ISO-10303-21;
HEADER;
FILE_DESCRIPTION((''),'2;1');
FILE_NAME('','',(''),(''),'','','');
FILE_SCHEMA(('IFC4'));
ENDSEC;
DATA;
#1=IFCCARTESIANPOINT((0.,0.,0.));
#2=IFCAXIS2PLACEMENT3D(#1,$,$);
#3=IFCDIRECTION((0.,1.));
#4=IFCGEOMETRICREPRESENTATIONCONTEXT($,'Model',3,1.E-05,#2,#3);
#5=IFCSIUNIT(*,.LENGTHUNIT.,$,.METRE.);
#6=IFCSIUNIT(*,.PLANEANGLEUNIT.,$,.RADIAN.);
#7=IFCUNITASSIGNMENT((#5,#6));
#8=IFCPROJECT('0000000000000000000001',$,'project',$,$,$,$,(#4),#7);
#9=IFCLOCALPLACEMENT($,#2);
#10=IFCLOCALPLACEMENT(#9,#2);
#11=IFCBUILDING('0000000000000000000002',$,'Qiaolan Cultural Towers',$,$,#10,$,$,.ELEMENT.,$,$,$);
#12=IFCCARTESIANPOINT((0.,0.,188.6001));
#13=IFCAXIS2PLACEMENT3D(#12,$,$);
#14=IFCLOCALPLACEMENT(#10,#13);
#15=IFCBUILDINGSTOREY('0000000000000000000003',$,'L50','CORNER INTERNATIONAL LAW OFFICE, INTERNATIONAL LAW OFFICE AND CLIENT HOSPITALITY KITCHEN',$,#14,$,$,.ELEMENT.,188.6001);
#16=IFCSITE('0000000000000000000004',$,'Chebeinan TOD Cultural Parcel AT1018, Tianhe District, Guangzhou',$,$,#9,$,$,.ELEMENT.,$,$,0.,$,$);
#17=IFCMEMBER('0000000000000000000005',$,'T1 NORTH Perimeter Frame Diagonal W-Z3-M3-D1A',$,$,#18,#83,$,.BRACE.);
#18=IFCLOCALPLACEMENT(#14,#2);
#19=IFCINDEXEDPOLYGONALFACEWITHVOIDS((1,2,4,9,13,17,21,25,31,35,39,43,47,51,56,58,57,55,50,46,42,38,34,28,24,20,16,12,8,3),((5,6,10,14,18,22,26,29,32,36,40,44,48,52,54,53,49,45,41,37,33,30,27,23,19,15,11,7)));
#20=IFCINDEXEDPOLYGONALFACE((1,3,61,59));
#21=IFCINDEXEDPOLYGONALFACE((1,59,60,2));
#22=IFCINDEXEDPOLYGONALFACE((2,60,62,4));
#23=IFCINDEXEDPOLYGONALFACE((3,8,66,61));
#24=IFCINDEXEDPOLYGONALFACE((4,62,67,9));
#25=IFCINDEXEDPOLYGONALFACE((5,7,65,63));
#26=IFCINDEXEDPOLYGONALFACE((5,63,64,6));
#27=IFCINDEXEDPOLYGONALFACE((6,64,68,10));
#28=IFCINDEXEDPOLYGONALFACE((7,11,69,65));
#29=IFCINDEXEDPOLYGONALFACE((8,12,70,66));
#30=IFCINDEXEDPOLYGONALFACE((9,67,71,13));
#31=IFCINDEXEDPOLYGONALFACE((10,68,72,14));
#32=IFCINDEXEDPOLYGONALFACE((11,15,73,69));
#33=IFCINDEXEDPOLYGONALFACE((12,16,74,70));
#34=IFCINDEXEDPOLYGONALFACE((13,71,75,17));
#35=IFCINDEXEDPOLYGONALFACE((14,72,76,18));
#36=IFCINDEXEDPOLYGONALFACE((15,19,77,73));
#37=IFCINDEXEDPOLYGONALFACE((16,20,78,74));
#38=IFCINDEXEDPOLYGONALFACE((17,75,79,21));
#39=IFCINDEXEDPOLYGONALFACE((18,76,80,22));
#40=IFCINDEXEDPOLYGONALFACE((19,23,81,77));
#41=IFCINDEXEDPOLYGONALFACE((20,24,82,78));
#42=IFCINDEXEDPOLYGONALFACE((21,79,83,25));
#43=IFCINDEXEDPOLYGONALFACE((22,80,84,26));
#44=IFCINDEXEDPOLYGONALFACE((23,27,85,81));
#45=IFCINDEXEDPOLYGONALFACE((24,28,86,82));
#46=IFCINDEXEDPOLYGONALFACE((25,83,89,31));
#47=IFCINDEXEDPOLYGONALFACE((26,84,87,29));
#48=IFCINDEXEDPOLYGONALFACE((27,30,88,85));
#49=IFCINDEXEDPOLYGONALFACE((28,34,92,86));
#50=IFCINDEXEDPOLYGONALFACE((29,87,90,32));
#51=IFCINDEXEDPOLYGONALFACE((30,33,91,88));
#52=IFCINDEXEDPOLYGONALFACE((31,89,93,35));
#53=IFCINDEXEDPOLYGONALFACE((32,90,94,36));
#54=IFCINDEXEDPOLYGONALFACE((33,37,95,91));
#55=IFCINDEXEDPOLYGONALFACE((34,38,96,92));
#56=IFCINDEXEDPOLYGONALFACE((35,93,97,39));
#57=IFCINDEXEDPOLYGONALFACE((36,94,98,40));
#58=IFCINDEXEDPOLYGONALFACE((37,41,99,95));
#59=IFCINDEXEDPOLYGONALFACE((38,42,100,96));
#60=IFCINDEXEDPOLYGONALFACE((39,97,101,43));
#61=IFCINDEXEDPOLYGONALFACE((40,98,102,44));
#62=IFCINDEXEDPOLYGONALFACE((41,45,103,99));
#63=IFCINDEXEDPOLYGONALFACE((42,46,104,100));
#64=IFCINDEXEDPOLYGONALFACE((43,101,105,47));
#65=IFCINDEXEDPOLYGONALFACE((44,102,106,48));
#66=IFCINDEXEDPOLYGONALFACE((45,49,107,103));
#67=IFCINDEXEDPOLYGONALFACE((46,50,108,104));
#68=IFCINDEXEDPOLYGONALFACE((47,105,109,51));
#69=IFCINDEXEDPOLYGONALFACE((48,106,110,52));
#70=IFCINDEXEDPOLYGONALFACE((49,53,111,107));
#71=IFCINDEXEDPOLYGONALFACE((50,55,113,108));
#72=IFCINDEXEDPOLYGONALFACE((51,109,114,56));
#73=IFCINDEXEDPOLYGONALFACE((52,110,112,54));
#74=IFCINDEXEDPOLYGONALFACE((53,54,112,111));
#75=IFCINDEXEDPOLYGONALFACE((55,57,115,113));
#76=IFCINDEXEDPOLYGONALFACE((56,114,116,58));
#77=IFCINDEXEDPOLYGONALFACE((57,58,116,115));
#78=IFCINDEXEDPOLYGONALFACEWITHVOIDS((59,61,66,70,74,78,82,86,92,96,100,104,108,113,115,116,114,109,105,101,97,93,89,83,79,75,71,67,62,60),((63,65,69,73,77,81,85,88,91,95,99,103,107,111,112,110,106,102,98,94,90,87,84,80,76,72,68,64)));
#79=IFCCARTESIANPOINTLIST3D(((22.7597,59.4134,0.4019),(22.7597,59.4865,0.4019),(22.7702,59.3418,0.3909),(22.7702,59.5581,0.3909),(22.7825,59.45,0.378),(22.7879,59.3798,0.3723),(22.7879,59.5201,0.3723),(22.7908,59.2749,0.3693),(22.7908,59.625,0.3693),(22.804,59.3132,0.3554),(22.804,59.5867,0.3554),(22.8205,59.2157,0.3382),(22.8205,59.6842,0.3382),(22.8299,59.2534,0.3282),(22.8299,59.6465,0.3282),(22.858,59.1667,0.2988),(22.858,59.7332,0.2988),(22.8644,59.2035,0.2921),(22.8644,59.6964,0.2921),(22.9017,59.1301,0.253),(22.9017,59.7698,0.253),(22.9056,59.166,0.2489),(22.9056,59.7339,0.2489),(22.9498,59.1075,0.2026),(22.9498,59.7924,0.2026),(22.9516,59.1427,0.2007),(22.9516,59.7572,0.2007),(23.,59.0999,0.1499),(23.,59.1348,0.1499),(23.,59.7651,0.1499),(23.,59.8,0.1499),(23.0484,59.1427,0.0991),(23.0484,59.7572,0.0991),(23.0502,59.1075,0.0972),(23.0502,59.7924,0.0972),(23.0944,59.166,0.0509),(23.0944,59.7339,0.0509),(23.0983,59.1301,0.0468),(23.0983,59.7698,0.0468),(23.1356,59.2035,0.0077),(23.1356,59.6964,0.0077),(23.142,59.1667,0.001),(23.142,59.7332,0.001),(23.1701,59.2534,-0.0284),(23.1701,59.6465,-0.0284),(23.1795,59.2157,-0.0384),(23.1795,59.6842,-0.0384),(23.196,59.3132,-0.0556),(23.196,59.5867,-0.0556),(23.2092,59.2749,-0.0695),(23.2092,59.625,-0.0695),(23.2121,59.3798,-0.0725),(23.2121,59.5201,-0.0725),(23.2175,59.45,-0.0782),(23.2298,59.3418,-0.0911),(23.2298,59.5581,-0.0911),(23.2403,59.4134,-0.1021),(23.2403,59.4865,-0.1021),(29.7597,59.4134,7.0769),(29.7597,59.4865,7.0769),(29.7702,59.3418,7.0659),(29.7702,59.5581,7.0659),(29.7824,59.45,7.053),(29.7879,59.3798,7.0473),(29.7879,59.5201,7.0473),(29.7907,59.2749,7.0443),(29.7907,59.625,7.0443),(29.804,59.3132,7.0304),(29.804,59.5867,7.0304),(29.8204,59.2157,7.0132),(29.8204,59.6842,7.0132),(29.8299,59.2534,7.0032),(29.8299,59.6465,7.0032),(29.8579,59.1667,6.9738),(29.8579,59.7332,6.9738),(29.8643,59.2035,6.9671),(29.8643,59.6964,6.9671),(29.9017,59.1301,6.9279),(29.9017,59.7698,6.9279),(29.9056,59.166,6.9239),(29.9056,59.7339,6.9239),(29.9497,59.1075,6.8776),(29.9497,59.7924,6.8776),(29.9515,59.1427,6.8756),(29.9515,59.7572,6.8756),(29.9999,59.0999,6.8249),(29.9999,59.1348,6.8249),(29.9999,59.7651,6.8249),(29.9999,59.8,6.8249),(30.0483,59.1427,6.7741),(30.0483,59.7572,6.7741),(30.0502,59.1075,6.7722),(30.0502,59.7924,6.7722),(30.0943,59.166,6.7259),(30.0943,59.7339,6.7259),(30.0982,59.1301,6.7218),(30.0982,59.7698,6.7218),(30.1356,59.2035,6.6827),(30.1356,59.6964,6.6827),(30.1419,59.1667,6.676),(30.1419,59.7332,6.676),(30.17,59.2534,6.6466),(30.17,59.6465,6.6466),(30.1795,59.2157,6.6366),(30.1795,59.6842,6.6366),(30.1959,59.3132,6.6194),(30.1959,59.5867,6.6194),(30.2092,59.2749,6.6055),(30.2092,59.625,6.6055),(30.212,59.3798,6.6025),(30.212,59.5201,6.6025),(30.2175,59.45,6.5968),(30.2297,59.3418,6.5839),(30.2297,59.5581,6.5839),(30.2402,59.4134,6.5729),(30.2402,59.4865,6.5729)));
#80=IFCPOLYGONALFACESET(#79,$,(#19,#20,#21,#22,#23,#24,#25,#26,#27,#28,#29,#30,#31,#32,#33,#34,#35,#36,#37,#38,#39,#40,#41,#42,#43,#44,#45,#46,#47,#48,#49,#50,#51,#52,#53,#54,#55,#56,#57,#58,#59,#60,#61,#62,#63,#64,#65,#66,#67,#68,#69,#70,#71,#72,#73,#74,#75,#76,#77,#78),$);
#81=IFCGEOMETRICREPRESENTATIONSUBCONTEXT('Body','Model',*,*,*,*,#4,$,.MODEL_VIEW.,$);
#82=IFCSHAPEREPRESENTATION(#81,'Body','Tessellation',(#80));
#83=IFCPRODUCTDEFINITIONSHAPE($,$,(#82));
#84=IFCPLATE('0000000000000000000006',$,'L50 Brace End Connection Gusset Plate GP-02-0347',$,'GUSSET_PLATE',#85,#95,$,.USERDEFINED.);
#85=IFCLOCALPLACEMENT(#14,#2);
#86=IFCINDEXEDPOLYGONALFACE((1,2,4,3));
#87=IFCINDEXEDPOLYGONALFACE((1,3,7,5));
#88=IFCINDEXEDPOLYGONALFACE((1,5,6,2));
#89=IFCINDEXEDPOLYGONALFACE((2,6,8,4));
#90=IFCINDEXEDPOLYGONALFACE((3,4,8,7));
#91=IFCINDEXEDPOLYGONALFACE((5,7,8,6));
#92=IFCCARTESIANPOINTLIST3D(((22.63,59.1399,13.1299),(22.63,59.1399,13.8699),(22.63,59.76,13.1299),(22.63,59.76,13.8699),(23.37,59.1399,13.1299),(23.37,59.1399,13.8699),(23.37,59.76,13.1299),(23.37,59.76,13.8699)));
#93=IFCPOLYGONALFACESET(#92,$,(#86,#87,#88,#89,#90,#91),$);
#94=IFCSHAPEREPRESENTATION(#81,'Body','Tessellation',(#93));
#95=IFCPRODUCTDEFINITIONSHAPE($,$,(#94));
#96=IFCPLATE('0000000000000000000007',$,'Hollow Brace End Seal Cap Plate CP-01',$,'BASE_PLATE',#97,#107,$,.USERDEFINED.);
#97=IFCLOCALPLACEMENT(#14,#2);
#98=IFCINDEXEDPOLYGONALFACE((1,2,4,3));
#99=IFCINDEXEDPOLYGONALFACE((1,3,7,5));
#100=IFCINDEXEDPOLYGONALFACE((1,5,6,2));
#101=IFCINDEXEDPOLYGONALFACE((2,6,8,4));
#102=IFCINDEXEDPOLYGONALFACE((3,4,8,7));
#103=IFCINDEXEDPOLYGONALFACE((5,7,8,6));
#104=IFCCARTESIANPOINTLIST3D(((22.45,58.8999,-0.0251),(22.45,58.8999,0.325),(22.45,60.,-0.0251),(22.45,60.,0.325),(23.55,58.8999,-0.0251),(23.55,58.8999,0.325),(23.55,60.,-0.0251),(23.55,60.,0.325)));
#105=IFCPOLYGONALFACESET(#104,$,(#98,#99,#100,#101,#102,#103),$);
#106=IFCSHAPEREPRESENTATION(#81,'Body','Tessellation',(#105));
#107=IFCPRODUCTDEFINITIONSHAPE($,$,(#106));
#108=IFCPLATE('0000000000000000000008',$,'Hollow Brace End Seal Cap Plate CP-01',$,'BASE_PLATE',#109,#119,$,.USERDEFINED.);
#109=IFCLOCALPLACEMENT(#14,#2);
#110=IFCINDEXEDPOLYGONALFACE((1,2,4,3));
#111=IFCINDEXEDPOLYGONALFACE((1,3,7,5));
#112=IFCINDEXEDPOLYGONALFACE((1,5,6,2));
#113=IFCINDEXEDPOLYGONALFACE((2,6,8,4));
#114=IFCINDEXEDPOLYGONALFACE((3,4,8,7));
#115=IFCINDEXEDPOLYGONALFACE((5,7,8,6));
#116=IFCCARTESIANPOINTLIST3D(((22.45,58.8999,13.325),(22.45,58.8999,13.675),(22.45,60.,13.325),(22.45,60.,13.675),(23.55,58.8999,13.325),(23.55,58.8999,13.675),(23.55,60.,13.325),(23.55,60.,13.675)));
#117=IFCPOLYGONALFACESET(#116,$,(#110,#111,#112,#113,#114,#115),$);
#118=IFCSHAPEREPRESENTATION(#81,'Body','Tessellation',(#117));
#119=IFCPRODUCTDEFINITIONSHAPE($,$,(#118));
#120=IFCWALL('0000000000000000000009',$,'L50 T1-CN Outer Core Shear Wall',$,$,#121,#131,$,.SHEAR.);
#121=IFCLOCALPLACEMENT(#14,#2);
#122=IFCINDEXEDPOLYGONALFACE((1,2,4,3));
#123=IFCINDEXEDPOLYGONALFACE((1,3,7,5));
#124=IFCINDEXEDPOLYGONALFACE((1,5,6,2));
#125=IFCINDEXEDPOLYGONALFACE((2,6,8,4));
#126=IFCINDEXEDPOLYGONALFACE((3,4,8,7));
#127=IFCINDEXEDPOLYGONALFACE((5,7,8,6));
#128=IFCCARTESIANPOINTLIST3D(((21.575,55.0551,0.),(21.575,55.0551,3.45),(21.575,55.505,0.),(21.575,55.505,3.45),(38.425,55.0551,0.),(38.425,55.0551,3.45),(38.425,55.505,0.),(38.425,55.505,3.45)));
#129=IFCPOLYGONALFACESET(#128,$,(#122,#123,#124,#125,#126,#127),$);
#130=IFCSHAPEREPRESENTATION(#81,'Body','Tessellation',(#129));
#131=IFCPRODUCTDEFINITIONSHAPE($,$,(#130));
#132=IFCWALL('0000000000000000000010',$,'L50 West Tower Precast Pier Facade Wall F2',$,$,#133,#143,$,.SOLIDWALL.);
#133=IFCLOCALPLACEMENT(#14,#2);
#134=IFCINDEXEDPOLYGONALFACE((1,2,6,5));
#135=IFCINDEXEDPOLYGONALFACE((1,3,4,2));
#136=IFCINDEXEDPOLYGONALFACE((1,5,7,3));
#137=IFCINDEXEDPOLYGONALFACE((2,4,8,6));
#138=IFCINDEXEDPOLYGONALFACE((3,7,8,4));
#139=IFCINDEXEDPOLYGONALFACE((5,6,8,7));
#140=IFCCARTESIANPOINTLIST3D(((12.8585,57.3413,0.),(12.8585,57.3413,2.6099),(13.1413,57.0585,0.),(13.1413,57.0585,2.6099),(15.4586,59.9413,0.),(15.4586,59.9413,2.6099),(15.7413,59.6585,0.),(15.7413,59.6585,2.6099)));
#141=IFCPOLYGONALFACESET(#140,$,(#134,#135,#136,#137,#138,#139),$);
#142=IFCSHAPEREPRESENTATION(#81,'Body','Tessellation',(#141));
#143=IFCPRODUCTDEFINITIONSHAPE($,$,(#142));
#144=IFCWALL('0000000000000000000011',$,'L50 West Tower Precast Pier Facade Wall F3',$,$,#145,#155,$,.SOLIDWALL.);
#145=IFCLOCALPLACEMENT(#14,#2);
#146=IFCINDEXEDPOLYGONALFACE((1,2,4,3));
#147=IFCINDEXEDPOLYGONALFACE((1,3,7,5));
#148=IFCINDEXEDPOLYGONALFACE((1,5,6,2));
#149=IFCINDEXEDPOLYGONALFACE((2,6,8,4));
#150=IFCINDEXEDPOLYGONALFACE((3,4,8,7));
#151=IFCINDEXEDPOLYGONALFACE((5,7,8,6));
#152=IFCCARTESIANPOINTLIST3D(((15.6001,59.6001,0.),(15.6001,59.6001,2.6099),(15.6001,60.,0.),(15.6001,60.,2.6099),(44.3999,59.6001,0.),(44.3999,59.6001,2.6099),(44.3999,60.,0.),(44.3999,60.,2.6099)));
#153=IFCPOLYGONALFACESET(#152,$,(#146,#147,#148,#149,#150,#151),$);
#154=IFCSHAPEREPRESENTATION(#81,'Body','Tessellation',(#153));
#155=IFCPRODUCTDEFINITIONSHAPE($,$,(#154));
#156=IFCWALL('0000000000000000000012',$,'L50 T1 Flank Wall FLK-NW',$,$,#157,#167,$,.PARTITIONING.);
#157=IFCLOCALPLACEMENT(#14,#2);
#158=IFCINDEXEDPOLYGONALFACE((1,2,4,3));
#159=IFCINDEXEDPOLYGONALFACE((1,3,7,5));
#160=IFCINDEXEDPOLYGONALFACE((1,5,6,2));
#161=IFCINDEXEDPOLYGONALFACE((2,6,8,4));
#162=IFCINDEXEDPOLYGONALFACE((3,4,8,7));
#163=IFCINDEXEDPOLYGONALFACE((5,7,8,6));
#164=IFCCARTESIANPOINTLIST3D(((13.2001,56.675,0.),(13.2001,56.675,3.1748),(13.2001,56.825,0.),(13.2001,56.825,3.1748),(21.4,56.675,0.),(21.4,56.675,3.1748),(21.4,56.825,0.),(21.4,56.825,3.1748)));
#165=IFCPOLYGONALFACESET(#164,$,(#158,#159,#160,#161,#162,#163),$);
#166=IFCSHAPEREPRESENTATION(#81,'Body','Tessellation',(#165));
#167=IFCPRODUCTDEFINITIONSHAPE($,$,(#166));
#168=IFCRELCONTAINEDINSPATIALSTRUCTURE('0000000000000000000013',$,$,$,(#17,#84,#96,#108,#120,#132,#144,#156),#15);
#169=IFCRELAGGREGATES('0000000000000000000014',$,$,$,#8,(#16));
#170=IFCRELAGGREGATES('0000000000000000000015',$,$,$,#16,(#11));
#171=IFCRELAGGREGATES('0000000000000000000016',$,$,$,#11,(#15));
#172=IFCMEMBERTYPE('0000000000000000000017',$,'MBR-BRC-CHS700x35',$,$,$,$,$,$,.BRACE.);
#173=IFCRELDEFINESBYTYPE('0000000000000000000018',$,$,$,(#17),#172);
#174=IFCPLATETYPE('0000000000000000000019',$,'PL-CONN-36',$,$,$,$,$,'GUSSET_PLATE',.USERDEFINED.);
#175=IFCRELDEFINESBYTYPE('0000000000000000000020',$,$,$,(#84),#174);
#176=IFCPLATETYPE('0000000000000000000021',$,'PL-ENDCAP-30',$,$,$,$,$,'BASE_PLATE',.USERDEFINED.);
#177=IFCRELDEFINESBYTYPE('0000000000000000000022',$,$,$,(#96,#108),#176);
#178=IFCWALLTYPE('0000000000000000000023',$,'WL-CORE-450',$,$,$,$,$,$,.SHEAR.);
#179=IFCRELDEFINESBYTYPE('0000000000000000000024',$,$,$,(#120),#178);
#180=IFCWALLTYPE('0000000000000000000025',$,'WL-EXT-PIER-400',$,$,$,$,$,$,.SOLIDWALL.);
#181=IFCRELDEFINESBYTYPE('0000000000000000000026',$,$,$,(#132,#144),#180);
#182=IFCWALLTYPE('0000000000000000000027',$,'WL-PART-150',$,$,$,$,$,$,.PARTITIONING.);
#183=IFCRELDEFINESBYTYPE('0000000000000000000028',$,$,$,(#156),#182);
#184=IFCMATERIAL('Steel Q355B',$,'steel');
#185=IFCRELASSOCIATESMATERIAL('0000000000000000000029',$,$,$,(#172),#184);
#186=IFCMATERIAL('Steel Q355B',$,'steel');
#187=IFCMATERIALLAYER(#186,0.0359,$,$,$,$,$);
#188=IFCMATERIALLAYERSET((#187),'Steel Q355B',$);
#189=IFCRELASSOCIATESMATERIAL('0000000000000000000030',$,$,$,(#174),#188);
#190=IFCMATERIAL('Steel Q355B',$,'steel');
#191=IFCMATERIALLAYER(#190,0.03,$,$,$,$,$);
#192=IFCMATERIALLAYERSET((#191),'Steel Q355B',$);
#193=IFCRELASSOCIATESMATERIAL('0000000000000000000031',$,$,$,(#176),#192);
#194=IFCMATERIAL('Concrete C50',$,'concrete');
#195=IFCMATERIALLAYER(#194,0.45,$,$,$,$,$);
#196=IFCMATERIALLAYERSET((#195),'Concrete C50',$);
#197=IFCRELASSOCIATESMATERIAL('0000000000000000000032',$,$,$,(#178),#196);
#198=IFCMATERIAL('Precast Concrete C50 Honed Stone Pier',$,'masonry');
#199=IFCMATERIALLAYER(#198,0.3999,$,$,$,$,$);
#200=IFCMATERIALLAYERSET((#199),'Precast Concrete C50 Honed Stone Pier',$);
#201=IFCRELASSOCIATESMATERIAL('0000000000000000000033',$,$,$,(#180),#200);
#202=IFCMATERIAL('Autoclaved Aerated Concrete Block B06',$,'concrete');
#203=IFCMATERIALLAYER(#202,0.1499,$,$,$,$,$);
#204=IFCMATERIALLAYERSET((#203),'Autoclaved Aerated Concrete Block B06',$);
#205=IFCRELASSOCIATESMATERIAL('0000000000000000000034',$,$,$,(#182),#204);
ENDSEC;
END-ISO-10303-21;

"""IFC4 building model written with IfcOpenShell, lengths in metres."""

from ifc_helpers import new_model, si_unit, direction, frame, frame_2d, origin, origin_2d, place, context, subcontext, project, spatial, rectangle, hollow_circle, extrude, material, layer, layer_set, material_profile, profile_set, type_object, element, save


model = new_model("IFC4")

# Units and contexts
model_context = context("Model", 3, precision=1e-05, world=origin(), true_north=direction((0.0, 1.0)))
body_context = subcontext(model_context, "Body", "Model", "MODEL_VIEW")
ifc_project = project(units=[si_unit("LENGTHUNIT", "METRE"), si_unit("PLANEANGLEUNIT", "RADIAN")], contexts=[model_context])

# Site, building, storey
site_placement = place(None, origin())
site = spatial("IfcSite", under=ifc_project, at=site_placement, Name="Chebeinan TOD Cultural Parcel AT1018, Tianhe District, Guangzhou", CompositionType="ELEMENT", RefElevation=0.0)
building_placement = place(site_placement, origin())
building = spatial("IfcBuilding", under=site, at=building_placement, Name="Qiaolan Cultural Towers", CompositionType="ELEMENT")
storey_placement = place(building_placement, frame((0.0, 0.0, 188.6001)))
storey = spatial("IfcBuildingStorey", under=building, at=storey_placement, Name="L50", Description="CORNER INTERNATIONAL LAW OFFICE, INTERNATIONAL LAW OFFICE AND CLIENT HOSPITALITY KITCHEN", CompositionType="ELEMENT", Elevation=188.6001)

# Member
ifc_material_1 = material(Name="Steel Q355B", Category="steel")
ifc_material_profile_1 = material_profile(ifc_material_1, hollow_circle(Radius=0.3501, WallThickness=0.0349, at=origin_2d()), Name="CHS700x35")
ifc_profile_set_1 = profile_set([ifc_material_profile_1], Name="Steel Q355B")
member_type = type_object("IfcMemberType", Name="MBR-BRC-CHS700x35", PredefinedType="BRACE", material=ifc_profile_set_1)
member_placement = place(storey_placement, frame((23.0, 59.45, 0.1499), z_axis=(0.723705, 0.0, 0.690109), x_axis=(0.0, 1.0, 0.0)))
element("IfcMember", 1, at=member_placement, inside=storey, type_object=member_type, Name="T1 NORTH Perimeter Frame Diagonal W-Z3-M3-D1A", PredefinedType="BRACE", context=body_context, shape_type="SweptSolid", body=[
    extrude(hollow_circle(Radius=0.3501, WallThickness=0.0349, at=origin_2d()), origin(), (0.0, 0.0, 1.0), 9.6724),
])

# Plates
ifc_material_2 = material(Name="Steel Q355B", Category="steel")
ifc_layer_1 = layer(ifc_material_2, 0.0359)
ifc_layer_set_1 = layer_set([ifc_layer_1], Name="Steel Q355B")
plate_type_1 = type_object("IfcPlateType", Name="PL-CONN-36", ElementType="GUSSET_PLATE", PredefinedType="USERDEFINED", material=ifc_layer_set_1)
plate_placement = place(storey_placement, frame((23.0, 59.45, 13.1299), z_axis=(0.0, 0.0, 1.0), x_axis=(1.0, 0.0, 0.0)))
element("IfcPlate", 2, at=plate_placement, inside=storey, type_object=plate_type_1, Name="L50 Brace End Connection Gusset Plate GP-02-0347", ObjectType="GUSSET_PLATE", PredefinedType="USERDEFINED", context=body_context, shape_type="SweptSolid", body=[
    extrude(rectangle(XDim=0.74, YDim=0.6201, at=origin_2d()), origin(), (0.0, 0.0, 1.0), 0.74),
])
ifc_material_3 = material(Name="Steel Q355B", Category="steel")
ifc_layer_2 = layer(ifc_material_3, 0.03)
ifc_layer_set_2 = layer_set([ifc_layer_2], Name="Steel Q355B")
plate_type_2 = type_object("IfcPlateType", Name="PL-ENDCAP-30", ElementType="BASE_PLATE", PredefinedType="USERDEFINED", material=ifc_layer_set_2)
for number, where, z_axis, x_axis, name in (
    (3, (23.0, 59.45, -0.0251), (0.0, 0.0, 1.0), (1.0, 0.0, 0.0), "Hollow Brace End Seal Cap Plate CP-01"),
    (4, (23.0, 59.45, 13.325), (0.0, 0.0, 1.0), (1.0, 0.0, 0.0), "Hollow Brace End Seal Cap Plate CP-01"),
):
    element("IfcPlate", number, at=place(storey_placement, frame(where, z_axis=z_axis, x_axis=x_axis)), inside=storey, type_object=plate_type_2, Name=name, ObjectType="BASE_PLATE", PredefinedType="USERDEFINED", context=body_context, shape_type="SweptSolid", body=[
        extrude(rectangle(XDim=1.1001, YDim=1.1001, at=origin_2d()), origin(), (0.0, 0.0, 1.0), 0.3501),
    ])

# Walls
ifc_material_4 = material(Name="Concrete C50", Category="concrete")
ifc_layer_3 = layer(ifc_material_4, 0.45)
ifc_layer_set_3 = layer_set([ifc_layer_3], Name="Concrete C50")
wall_type_1 = type_object("IfcWallType", Name="WL-CORE-450", PredefinedType="SHEAR", material=ifc_layer_set_3)
wall_1_placement = place(storey_placement, frame((21.575, 55.28, 0.0), z_axis=(0.0, 0.0, 1.0), x_axis=(1.0, 0.0, 0.0)))
element("IfcWall", 5, at=wall_1_placement, inside=storey, type_object=wall_type_1, Name="L50 T1-CN Outer Core Shear Wall", PredefinedType="SHEAR", context=body_context, shape_type="SweptSolid", body=[
    extrude(rectangle(XDim=16.8501, YDim=0.45, at=frame_2d((8.425, 0.0))), origin(), (0.0, 0.0, 1.0), 3.45),
])
ifc_material_5 = material(Name="Precast Concrete C50 Honed Stone Pier", Category="masonry")
ifc_layer_4 = layer(ifc_material_5, 0.3999)
ifc_layer_set_4 = layer_set([ifc_layer_4], Name="Precast Concrete C50 Honed Stone Pier")
wall_type_2 = type_object("IfcWallType", Name="WL-EXT-PIER-400", PredefinedType="SOLIDWALL", material=ifc_layer_set_4)
wall_2_placement = place(storey_placement, frame((13.0, 57.2, 0.0), z_axis=(0.0, 0.0, 1.0), x_axis=(0.707107, 0.707107, 0.0)))
element("IfcWall", 6, at=wall_2_placement, inside=storey, type_object=wall_type_2, Name="L50 West Tower Precast Pier Facade Wall F2", PredefinedType="SOLIDWALL", context=body_context, shape_type="SweptSolid", body=[
    extrude(rectangle(XDim=3.677, YDim=0.3999, at=frame_2d((1.8384, 0.0))), origin(), (0.0, 0.0, 1.0), 2.6099),
])
wall_3_placement = place(storey_placement, frame((15.6001, 59.8, 0.0), z_axis=(0.0, 0.0, 1.0), x_axis=(1.0, 0.0, 0.0)))
element("IfcWall", 7, at=wall_3_placement, inside=storey, type_object=wall_type_2, Name="L50 West Tower Precast Pier Facade Wall F3", PredefinedType="SOLIDWALL", context=body_context, shape_type="SweptSolid", body=[
    extrude(rectangle(XDim=28.7998, YDim=0.3999, at=frame_2d((14.3999, 0.0))), origin(), (0.0, 0.0, 1.0), 2.6099),
])
ifc_material_6 = material(Name="Autoclaved Aerated Concrete Block B06", Category="concrete")
ifc_layer_5 = layer(ifc_material_6, 0.1499)
ifc_layer_set_5 = layer_set([ifc_layer_5], Name="Autoclaved Aerated Concrete Block B06")
wall_type_3 = type_object("IfcWallType", Name="WL-PART-150", PredefinedType="PARTITIONING", material=ifc_layer_set_5)
wall_4_placement = place(storey_placement, frame((13.2, 56.75, 0.0), z_axis=(0.0, 0.0, 1.0), x_axis=(1.0, 0.0, 0.0)))
element("IfcWall", 8, at=wall_4_placement, inside=storey, type_object=wall_type_3, Name="L50 T1 Flank Wall FLK-NW", PredefinedType="PARTITIONING", context=body_context, shape_type="SweptSolid", body=[
    extrude(rectangle(XDim=8.2, YDim=0.1499, at=frame_2d((4.1001, 0.0))), origin(), (0.0, 0.0, 1.0), 3.1748),
])

save(model, "model.ifc")
